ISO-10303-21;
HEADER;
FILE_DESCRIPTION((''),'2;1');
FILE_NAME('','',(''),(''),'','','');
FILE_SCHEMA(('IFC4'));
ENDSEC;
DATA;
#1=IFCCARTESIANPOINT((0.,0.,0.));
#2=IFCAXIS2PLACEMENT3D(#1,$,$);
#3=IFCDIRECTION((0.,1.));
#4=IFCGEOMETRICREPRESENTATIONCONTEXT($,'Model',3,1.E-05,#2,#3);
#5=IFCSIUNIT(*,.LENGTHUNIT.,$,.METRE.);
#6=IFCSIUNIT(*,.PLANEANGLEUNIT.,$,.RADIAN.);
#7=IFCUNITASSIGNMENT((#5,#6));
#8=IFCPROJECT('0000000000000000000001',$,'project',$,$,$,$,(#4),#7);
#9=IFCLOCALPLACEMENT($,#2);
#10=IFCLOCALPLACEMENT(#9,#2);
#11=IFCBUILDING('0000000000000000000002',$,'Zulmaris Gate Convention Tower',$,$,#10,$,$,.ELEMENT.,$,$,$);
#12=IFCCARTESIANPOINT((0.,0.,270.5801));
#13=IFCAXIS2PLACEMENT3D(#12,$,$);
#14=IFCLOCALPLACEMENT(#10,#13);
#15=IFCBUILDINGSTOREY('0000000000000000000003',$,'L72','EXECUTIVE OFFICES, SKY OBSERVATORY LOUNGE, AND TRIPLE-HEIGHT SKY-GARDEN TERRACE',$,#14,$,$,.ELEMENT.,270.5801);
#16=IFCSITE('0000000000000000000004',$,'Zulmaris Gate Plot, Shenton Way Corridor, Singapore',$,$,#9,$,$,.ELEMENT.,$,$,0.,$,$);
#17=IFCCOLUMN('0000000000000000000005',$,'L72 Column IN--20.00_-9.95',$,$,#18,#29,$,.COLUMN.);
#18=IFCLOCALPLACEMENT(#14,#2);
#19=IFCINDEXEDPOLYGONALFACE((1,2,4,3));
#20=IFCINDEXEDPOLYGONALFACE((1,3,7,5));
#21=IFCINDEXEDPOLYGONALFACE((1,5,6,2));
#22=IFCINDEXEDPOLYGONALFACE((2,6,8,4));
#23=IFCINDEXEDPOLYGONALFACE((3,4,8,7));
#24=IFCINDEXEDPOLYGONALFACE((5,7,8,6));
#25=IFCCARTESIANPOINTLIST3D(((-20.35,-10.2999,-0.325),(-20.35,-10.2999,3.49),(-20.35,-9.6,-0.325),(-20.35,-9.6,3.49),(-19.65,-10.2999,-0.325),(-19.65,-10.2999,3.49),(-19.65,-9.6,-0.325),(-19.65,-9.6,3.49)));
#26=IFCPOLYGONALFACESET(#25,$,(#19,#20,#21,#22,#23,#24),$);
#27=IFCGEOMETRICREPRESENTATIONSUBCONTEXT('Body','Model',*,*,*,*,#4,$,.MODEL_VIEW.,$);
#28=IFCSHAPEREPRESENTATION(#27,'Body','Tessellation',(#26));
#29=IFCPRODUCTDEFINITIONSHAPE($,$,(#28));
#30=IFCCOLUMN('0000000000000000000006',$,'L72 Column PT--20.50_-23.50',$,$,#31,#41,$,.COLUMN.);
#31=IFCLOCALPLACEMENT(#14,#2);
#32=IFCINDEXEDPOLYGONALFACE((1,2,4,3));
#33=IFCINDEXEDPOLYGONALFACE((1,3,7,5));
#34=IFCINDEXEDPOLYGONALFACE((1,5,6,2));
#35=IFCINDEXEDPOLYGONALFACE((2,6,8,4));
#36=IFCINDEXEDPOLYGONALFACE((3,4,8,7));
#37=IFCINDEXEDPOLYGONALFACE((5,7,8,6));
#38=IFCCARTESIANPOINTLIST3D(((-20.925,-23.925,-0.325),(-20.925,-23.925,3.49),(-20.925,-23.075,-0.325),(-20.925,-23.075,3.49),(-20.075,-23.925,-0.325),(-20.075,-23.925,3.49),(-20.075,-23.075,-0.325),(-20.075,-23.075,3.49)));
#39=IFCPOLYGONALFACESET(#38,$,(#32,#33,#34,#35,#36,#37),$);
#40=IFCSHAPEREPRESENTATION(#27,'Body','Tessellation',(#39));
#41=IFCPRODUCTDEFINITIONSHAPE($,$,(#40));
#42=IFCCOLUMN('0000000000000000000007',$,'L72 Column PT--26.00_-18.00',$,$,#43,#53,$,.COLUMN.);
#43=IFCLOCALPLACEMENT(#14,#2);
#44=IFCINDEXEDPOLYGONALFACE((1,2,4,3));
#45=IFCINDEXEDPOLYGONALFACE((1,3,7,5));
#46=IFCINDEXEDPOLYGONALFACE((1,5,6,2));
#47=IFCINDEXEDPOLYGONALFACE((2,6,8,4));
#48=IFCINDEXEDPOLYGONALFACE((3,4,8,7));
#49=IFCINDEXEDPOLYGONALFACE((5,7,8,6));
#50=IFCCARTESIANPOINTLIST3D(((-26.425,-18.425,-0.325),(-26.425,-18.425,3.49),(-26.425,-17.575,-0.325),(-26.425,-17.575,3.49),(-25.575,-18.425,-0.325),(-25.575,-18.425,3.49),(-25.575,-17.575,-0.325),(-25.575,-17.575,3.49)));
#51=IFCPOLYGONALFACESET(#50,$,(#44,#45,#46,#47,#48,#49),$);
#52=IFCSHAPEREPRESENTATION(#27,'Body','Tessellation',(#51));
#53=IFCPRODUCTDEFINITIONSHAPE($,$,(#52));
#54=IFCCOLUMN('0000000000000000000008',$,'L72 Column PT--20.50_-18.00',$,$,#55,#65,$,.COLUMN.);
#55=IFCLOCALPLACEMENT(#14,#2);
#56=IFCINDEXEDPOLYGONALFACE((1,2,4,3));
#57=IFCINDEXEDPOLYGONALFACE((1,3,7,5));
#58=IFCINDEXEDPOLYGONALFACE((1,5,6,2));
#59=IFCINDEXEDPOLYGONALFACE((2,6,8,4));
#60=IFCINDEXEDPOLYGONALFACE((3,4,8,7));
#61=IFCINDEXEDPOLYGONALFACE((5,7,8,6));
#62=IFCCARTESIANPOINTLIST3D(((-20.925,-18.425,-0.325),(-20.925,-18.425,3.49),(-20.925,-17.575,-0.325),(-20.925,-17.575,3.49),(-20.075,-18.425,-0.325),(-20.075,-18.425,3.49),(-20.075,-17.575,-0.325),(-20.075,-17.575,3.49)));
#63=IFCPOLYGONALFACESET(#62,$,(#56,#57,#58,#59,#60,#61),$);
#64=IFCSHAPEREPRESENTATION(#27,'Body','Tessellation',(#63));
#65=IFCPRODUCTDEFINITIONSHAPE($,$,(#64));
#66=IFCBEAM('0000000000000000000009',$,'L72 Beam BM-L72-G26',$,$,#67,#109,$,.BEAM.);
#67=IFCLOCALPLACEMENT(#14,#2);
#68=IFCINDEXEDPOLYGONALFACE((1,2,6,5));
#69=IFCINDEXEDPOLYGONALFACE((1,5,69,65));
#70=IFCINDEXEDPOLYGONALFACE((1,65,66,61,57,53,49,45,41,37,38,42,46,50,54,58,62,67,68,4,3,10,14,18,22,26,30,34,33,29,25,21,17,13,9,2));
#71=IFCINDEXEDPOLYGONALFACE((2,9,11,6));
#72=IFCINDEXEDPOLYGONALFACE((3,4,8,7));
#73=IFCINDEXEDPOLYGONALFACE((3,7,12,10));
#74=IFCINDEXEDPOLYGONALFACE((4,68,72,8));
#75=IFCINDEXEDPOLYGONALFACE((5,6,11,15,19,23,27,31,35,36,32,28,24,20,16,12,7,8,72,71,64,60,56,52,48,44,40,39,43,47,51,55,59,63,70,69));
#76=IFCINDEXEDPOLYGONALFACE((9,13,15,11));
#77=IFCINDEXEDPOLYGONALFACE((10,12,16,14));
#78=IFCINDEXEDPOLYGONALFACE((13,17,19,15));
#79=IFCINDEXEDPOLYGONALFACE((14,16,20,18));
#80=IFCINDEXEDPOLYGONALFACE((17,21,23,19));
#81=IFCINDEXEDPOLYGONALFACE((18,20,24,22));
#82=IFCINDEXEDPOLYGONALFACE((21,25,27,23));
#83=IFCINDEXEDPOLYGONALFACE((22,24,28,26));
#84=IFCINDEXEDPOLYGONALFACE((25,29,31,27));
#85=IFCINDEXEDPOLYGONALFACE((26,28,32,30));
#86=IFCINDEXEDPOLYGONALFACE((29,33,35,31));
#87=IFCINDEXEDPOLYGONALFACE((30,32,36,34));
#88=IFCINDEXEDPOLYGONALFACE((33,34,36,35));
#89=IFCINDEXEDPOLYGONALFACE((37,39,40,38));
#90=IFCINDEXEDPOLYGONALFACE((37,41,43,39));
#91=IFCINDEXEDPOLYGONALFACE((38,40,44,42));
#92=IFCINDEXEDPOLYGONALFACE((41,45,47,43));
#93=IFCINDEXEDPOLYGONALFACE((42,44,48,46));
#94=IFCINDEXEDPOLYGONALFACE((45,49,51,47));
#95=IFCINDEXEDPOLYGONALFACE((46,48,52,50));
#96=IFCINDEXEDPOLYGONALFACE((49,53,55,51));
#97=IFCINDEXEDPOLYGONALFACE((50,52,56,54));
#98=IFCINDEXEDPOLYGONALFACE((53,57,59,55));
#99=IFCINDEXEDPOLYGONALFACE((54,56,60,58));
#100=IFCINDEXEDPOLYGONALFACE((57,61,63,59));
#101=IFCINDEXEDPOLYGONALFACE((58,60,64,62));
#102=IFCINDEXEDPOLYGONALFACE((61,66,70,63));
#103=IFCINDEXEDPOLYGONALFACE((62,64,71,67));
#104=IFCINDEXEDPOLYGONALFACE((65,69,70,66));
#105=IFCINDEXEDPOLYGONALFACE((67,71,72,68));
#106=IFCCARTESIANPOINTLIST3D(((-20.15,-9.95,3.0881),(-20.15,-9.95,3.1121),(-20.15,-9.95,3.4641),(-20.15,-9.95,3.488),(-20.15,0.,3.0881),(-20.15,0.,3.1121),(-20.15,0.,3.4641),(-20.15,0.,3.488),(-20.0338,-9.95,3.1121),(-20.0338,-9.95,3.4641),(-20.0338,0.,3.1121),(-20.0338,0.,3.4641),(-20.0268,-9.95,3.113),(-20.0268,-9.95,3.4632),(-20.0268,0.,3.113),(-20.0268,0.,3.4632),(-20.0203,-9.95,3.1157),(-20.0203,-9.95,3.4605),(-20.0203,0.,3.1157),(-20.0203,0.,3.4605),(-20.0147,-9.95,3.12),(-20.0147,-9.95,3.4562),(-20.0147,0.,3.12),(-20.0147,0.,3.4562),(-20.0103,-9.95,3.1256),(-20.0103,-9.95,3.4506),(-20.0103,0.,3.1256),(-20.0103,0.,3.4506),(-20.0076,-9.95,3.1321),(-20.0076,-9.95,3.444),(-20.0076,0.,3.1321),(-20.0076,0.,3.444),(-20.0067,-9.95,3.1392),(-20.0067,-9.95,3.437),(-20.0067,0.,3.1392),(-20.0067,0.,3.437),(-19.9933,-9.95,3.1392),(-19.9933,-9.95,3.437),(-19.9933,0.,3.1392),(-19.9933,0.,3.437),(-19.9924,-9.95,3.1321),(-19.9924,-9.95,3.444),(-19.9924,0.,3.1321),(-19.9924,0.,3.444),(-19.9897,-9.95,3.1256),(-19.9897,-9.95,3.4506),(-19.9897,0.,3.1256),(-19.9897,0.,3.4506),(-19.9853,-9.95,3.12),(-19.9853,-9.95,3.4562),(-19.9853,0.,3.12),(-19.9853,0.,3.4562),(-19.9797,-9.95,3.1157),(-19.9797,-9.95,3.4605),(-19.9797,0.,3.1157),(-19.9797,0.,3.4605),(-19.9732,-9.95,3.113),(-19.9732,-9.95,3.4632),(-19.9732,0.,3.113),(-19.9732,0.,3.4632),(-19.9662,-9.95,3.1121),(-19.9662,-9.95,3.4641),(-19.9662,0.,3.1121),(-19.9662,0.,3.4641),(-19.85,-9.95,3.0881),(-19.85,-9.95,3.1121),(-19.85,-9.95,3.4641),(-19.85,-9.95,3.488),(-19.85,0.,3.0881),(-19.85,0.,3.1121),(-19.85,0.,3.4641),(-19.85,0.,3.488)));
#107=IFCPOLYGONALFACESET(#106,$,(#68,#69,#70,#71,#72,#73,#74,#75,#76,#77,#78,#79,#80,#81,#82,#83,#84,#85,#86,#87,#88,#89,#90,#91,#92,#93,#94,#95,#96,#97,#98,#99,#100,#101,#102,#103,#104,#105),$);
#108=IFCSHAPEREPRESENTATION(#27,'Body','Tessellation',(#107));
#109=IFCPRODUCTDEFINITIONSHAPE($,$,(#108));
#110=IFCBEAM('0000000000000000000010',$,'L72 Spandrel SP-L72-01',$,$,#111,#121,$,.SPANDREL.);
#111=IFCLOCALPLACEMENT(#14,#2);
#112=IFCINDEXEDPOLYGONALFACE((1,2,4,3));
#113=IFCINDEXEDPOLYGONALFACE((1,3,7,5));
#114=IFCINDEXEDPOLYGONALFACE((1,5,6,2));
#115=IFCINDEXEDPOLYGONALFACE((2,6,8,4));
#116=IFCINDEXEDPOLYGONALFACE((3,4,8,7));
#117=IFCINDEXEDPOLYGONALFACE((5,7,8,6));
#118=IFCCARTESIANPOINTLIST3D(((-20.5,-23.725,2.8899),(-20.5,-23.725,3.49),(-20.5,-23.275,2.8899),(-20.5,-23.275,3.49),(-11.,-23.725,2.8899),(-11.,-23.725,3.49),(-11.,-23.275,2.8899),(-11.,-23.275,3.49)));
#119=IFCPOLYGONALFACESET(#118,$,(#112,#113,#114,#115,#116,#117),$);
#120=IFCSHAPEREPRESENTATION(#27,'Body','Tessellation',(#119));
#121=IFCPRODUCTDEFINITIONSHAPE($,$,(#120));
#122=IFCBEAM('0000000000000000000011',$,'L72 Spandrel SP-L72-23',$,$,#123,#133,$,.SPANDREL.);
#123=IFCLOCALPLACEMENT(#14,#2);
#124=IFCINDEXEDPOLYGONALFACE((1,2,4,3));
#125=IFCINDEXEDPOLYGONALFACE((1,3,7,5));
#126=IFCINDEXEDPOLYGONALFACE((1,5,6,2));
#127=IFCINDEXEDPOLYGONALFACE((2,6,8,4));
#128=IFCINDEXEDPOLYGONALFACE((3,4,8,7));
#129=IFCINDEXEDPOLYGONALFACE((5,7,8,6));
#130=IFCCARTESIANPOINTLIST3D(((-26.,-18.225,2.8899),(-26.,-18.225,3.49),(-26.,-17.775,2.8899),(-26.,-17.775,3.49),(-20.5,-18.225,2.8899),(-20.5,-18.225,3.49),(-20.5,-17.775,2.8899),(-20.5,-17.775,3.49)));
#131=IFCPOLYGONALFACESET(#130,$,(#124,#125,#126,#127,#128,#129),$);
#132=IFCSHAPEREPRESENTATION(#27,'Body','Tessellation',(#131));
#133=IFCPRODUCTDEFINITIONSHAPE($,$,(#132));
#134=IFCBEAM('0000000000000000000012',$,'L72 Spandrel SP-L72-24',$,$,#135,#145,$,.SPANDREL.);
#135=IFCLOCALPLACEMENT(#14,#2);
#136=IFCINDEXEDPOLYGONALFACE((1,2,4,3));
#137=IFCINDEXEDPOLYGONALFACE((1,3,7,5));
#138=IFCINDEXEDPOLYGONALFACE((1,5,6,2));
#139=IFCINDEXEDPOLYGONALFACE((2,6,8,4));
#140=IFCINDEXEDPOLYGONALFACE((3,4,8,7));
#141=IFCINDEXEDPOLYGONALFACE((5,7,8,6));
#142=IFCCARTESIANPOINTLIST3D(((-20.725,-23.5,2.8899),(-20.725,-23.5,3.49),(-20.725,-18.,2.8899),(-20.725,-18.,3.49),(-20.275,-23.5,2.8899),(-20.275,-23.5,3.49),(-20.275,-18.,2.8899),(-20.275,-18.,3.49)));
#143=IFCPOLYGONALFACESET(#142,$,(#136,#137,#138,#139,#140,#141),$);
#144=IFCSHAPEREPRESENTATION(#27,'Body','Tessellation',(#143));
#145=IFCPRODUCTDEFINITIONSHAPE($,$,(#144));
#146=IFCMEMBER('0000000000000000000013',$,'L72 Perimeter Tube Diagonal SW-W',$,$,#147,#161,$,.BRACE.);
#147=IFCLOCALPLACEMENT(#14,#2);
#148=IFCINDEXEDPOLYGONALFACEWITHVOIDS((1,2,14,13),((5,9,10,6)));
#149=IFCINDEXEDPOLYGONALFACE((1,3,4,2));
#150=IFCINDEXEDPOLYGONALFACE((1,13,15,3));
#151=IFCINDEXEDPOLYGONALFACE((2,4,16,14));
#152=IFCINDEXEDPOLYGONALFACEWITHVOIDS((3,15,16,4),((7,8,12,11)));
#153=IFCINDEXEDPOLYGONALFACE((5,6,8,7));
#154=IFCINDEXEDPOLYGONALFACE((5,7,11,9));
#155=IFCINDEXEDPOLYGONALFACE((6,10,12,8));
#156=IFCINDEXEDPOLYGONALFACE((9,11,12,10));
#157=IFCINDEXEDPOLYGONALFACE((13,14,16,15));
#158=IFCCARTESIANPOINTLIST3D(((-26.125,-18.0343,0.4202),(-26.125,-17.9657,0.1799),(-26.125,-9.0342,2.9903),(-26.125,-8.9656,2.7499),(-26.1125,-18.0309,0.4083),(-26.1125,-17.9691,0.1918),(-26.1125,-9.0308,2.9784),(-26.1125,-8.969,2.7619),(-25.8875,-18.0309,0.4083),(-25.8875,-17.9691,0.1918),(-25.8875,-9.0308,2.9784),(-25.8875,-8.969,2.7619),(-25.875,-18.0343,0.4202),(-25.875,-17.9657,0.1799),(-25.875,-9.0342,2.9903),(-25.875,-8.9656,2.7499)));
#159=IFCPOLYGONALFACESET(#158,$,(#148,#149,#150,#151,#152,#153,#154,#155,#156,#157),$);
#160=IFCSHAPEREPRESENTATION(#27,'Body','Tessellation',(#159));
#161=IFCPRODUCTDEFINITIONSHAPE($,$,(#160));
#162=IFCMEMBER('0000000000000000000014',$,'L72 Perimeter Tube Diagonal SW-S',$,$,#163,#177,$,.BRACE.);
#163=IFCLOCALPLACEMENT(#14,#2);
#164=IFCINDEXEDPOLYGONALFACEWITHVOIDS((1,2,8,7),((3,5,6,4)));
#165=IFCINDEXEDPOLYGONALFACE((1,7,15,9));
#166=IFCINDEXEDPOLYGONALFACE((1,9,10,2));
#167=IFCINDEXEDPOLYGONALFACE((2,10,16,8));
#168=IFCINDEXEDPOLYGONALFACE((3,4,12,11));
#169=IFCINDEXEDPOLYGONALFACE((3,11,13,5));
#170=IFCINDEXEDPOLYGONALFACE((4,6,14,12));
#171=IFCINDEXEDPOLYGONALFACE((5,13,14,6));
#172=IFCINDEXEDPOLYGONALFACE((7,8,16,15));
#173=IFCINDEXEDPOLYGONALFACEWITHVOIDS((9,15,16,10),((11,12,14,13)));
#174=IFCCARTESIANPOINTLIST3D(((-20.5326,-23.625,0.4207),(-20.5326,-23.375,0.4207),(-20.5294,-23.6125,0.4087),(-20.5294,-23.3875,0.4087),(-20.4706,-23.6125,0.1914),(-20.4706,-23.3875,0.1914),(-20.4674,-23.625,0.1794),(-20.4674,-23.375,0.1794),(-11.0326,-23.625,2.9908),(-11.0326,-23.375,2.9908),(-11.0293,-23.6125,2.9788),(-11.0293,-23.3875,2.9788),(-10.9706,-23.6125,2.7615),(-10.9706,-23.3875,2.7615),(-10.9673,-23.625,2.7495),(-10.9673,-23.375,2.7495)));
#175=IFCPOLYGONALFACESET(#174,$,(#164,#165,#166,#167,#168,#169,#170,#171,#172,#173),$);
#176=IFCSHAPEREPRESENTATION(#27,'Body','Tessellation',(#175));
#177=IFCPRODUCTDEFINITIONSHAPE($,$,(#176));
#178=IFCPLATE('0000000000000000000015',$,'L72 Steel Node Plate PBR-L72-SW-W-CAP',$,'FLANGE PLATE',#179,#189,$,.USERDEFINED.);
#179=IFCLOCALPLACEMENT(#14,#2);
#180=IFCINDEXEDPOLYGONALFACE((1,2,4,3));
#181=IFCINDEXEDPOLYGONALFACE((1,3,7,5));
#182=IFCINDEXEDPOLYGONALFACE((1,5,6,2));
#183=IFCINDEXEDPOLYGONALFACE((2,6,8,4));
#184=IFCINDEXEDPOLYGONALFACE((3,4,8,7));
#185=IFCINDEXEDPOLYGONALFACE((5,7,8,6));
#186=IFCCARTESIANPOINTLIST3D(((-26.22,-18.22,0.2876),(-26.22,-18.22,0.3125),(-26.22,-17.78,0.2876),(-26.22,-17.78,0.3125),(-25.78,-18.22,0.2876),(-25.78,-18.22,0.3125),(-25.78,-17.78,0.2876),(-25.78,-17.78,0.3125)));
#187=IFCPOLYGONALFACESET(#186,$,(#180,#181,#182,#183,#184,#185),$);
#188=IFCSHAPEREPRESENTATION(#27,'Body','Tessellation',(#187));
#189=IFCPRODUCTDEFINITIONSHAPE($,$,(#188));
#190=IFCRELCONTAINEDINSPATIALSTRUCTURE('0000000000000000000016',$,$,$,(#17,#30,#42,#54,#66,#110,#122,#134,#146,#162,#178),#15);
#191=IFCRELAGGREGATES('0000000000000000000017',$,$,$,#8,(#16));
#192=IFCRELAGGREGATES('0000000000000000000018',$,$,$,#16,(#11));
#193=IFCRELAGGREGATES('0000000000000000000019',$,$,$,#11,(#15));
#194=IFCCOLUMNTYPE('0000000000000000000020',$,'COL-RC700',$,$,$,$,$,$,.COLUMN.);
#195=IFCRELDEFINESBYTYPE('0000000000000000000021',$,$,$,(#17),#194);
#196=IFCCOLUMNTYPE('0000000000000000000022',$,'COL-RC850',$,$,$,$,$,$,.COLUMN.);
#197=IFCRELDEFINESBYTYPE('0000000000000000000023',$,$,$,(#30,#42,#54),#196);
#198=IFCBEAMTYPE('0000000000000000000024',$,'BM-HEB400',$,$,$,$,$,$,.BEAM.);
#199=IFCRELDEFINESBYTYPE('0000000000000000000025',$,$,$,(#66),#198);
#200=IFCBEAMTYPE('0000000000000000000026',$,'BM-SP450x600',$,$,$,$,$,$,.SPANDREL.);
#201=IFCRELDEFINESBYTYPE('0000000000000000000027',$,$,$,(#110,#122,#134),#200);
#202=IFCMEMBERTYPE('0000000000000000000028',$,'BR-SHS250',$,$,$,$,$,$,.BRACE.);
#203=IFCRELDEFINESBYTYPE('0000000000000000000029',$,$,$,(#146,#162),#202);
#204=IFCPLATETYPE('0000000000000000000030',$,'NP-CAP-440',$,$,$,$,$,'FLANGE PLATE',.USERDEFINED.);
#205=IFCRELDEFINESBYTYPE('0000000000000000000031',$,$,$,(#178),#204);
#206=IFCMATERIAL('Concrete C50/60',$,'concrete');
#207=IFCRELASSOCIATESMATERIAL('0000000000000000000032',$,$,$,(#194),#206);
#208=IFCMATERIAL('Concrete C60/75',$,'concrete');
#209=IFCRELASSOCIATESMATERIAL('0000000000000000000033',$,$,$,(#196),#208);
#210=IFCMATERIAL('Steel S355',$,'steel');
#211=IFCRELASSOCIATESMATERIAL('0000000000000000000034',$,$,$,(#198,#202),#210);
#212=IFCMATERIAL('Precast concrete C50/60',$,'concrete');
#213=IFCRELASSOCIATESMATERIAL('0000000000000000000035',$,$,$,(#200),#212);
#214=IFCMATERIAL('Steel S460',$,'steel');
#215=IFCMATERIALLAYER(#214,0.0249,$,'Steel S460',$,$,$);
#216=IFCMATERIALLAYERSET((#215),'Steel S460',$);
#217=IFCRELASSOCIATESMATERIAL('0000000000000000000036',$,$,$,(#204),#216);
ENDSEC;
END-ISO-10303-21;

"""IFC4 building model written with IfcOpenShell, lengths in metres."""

from ifc_helpers import new_model, si_unit, direction, frame, origin, origin_2d, place, context, subcontext, project, spatial, rectangle, hollow_rectangle, i_section, extrude, material, layer, layer_set, material_profile, profile_set, type_object, element, save


model = new_model("IFC4")

# Units and contexts
model_context = context("Model", 3, precision=1e-05, world=origin(), true_north=direction((0.0, 1.0)))
body_context = subcontext(model_context, "Body", "Model", "MODEL_VIEW")
ifc_project = project(units=[si_unit("LENGTHUNIT", "METRE"), si_unit("PLANEANGLEUNIT", "RADIAN")], contexts=[model_context])

# Site, building, storey
site_placement = place(None, origin())
site = spatial("IfcSite", under=ifc_project, at=site_placement, Name="Zulmaris Gate Plot, Shenton Way Corridor, Singapore", CompositionType="ELEMENT", RefElevation=0.0)
building_placement = place(site_placement, origin())
building = spatial("IfcBuilding", under=site, at=building_placement, Name="Zulmaris Gate Convention Tower", CompositionType="ELEMENT")
storey_placement = place(building_placement, frame((0.0, 0.0, 270.5801)))
storey = spatial("IfcBuildingStorey", under=building, at=storey_placement, Name="L72", Description="EXECUTIVE OFFICES, SKY OBSERVATORY LOUNGE, AND TRIPLE-HEIGHT SKY-GARDEN TERRACE", CompositionType="ELEMENT", Elevation=270.5801)

# Columns
ifc_material_1 = material(Name="Concrete C50/60", Category="concrete")
ifc_material_profile_1 = material_profile(ifc_material_1, rectangle(XDim=0.7, YDim=0.7, at=origin_2d()), Name="RC COL 700x700")
ifc_profile_set_1 = profile_set([ifc_material_profile_1], Name="Concrete C50/60")
column_type_1 = type_object("IfcColumnType", Name="COL-RC700", PredefinedType="COLUMN", material=ifc_profile_set_1)
column_placement = place(storey_placement, frame((-20.0, -9.95, -0.325), z_axis=(0.0, 0.0, 1.0), x_axis=(1.0, 0.0, 0.0)))
element("IfcColumn", 1, at=column_placement, inside=storey, type_object=column_type_1, Name="L72 Column IN--20.00_-9.95", PredefinedType="COLUMN", context=body_context, shape_type="SweptSolid", body=[
    extrude(rectangle(XDim=0.7, YDim=0.7, at=origin_2d()), origin(), (0.0, 0.0, 1.0), 3.8149),
])
ifc_material_2 = material(Name="Concrete C60/75", Category="concrete")
ifc_material_profile_2 = material_profile(ifc_material_2, rectangle(XDim=0.8501, YDim=0.8501, at=origin_2d()), Name="RC COL 850x850")
ifc_profile_set_2 = profile_set([ifc_material_profile_2], Name="Concrete C60/75")
column_type_2 = type_object("IfcColumnType", Name="COL-RC850", PredefinedType="COLUMN", material=ifc_profile_set_2)
for number, where, z_axis, x_axis, name in (
    (2, (-20.5, -23.5, -0.325), (0.0, 0.0, 1.0), (1.0, 0.0, 0.0), "L72 Column PT--20.50_-23.50"),
    (3, (-26.0, -18.0, -0.325), (0.0, 0.0, 1.0), (1.0, 0.0, 0.0), "L72 Column PT--26.00_-18.00"),
    (4, (-20.5, -18.0, -0.325), (0.0, 0.0, 1.0), (1.0, 0.0, 0.0), "L72 Column PT--20.50_-18.00"),
):
    element("IfcColumn", number, at=place(storey_placement, frame(where, z_axis=z_axis, x_axis=x_axis)), inside=storey, type_object=column_type_2, Name=name, PredefinedType="COLUMN", context=body_context, shape_type="SweptSolid", body=[
        extrude(rectangle(XDim=0.8501, YDim=0.8501, at=origin_2d()), origin(), (0.0, 0.0, 1.0), 3.8149),
    ])

# Beams
ifc_material_3 = material(Name="Steel S355", Category="steel")
ifc_material_profile_3 = material_profile(ifc_material_3, i_section(OverallWidth=0.3, OverallDepth=0.3999, WebThickness=0.0134, FlangeThickness=0.0239, FilletRadius=0.0271, at=origin_2d()), Name="HEB 400")
ifc_profile_set_3 = profile_set([ifc_material_profile_3], Name="Steel S355")
beam_type_1 = type_object("IfcBeamType", Name="BM-HEB400", PredefinedType="BEAM", material=ifc_profile_set_3)
beam_1_placement = place(storey_placement, frame((-20.0, -9.95, 3.2881), z_axis=(0.0, 1.0, 0.0), x_axis=(-1.0, 0.0, 0.0)))
element("IfcBeam", 5, at=beam_1_placement, inside=storey, type_object=beam_type_1, Name="L72 Beam BM-L72-G26", PredefinedType="BEAM", context=body_context, shape_type="SweptSolid", body=[
    extrude(i_section(OverallWidth=0.3, OverallDepth=0.3999, WebThickness=0.0134, FlangeThickness=0.0239, FilletRadius=0.0271, at=origin_2d()), origin(), (0.0, 0.0, 1.0), 9.95),
])
ifc_material_4 = material(Name="Precast concrete C50/60", Category="concrete")
ifc_material_profile_4 = material_profile(ifc_material_4, rectangle(XDim=0.45, YDim=0.6001, at=origin_2d()), Name="RC SPANDREL 450x600")
ifc_profile_set_4 = profile_set([ifc_material_profile_4], Name="Precast concrete C50/60")
beam_type_2 = type_object("IfcBeamType", Name="BM-SP450x600", PredefinedType="SPANDREL", material=ifc_profile_set_4)
beam_2_placement = place(storey_placement, frame((-20.5, -23.5, 3.1899), z_axis=(1.0, 0.0, 0.0), x_axis=(0.0, 1.0, 0.0)))
element("IfcBeam", 6, at=beam_2_placement, inside=storey, type_object=beam_type_2, Name="L72 Spandrel SP-L72-01", PredefinedType="SPANDREL", context=body_context, shape_type="SweptSolid", body=[
    extrude(rectangle(XDim=0.45, YDim=0.6001, at=origin_2d()), origin(), (0.0, 0.0, 1.0), 9.5),
])
for number, where, z_axis, x_axis, name in (
    (7, (-26.0, -18.0, 3.1899), (1.0, 0.0, 0.0), (0.0, 1.0, 0.0), "L72 Spandrel SP-L72-23"),
    (8, (-20.5, -18.0, 3.1899), (0.0, -1.0, 0.0), (1.0, 0.0, 0.0), "L72 Spandrel SP-L72-24"),
):
    element("IfcBeam", number, at=place(storey_placement, frame(where, z_axis=z_axis, x_axis=x_axis)), inside=storey, type_object=beam_type_2, Name=name, PredefinedType="SPANDREL", context=body_context, shape_type="SweptSolid", body=[
        extrude(rectangle(XDim=0.45, YDim=0.6001, at=origin_2d()), origin(), (0.0, 0.0, 1.0), 5.5),
    ])

# Members
ifc_material_profile_5 = material_profile(ifc_material_3, hollow_rectangle(XDim=0.25, YDim=0.25, WallThickness=0.0125, at=origin_2d()), Name="SHS 250x250x12.5")
ifc_profile_set_5 = profile_set([ifc_material_profile_5], Name="Steel S355")
member_type = type_object("IfcMemberType", Name="BR-SHS250", PredefinedType="BRACE", material=ifc_profile_set_5)
member_1_placement = place(storey_placement, frame((-26.0, -18.0, 0.3), z_axis=(0.0, 0.961562, 0.274587), x_axis=(-1.0, 0.0, 0.0)))
element("IfcMember", 9, at=member_1_placement, inside=storey, type_object=member_type, Name="L72 Perimeter Tube Diagonal SW-W", PredefinedType="BRACE", context=body_context, shape_type="SweptSolid", body=[
    extrude(hollow_rectangle(XDim=0.25, YDim=0.25, WallThickness=0.0125, at=origin_2d()), origin(), (0.0, 0.0, 1.0), 9.3599),
])
member_2_placement = place(storey_placement, frame((-20.5, -23.5, 0.3), z_axis=(0.965299, 0.0, 0.261146), x_axis=(0.0, 1.0, 0.0)))
element("IfcMember", 10, at=member_2_placement, inside=storey, type_object=member_type, Name="L72 Perimeter Tube Diagonal SW-S", PredefinedType="BRACE", context=body_context, shape_type="SweptSolid", body=[
    extrude(hollow_rectangle(XDim=0.25, YDim=0.25, WallThickness=0.0125, at=origin_2d()), origin(), (0.0, 0.0, 1.0), 9.8416),
])

# Plate
ifc_material_5 = material(Name="Steel S460", Category="steel")
ifc_layer_1 = layer(ifc_material_5, 0.0249, Name="Steel S460")
ifc_layer_set_1 = layer_set([ifc_layer_1], Name="Steel S460")
plate_type = type_object("IfcPlateType", Name="NP-CAP-440", ElementType="FLANGE PLATE", PredefinedType="USERDEFINED", material=ifc_layer_set_1)
for number, where, z_axis, x_axis, name in (
    (11, (-26.0, -18.0, 0.2876), (0.0, 0.0, 1.0), (1.0, 0.0, 0.0), "L72 Steel Node Plate PBR-L72-SW-W-CAP"),
):
    element("IfcPlate", number, at=place(storey_placement, frame(where, z_axis=z_axis, x_axis=x_axis)), inside=storey, type_object=plate_type, Name=name, ObjectType="FLANGE PLATE", PredefinedType="USERDEFINED", context=body_context, shape_type="SweptSolid", body=[
        extrude(rectangle(XDim=0.4399, YDim=0.4399, at=origin_2d()), origin(), (0.0, 0.0, 1.0), 0.0249),
    ])

save(model, "model.ifc")
